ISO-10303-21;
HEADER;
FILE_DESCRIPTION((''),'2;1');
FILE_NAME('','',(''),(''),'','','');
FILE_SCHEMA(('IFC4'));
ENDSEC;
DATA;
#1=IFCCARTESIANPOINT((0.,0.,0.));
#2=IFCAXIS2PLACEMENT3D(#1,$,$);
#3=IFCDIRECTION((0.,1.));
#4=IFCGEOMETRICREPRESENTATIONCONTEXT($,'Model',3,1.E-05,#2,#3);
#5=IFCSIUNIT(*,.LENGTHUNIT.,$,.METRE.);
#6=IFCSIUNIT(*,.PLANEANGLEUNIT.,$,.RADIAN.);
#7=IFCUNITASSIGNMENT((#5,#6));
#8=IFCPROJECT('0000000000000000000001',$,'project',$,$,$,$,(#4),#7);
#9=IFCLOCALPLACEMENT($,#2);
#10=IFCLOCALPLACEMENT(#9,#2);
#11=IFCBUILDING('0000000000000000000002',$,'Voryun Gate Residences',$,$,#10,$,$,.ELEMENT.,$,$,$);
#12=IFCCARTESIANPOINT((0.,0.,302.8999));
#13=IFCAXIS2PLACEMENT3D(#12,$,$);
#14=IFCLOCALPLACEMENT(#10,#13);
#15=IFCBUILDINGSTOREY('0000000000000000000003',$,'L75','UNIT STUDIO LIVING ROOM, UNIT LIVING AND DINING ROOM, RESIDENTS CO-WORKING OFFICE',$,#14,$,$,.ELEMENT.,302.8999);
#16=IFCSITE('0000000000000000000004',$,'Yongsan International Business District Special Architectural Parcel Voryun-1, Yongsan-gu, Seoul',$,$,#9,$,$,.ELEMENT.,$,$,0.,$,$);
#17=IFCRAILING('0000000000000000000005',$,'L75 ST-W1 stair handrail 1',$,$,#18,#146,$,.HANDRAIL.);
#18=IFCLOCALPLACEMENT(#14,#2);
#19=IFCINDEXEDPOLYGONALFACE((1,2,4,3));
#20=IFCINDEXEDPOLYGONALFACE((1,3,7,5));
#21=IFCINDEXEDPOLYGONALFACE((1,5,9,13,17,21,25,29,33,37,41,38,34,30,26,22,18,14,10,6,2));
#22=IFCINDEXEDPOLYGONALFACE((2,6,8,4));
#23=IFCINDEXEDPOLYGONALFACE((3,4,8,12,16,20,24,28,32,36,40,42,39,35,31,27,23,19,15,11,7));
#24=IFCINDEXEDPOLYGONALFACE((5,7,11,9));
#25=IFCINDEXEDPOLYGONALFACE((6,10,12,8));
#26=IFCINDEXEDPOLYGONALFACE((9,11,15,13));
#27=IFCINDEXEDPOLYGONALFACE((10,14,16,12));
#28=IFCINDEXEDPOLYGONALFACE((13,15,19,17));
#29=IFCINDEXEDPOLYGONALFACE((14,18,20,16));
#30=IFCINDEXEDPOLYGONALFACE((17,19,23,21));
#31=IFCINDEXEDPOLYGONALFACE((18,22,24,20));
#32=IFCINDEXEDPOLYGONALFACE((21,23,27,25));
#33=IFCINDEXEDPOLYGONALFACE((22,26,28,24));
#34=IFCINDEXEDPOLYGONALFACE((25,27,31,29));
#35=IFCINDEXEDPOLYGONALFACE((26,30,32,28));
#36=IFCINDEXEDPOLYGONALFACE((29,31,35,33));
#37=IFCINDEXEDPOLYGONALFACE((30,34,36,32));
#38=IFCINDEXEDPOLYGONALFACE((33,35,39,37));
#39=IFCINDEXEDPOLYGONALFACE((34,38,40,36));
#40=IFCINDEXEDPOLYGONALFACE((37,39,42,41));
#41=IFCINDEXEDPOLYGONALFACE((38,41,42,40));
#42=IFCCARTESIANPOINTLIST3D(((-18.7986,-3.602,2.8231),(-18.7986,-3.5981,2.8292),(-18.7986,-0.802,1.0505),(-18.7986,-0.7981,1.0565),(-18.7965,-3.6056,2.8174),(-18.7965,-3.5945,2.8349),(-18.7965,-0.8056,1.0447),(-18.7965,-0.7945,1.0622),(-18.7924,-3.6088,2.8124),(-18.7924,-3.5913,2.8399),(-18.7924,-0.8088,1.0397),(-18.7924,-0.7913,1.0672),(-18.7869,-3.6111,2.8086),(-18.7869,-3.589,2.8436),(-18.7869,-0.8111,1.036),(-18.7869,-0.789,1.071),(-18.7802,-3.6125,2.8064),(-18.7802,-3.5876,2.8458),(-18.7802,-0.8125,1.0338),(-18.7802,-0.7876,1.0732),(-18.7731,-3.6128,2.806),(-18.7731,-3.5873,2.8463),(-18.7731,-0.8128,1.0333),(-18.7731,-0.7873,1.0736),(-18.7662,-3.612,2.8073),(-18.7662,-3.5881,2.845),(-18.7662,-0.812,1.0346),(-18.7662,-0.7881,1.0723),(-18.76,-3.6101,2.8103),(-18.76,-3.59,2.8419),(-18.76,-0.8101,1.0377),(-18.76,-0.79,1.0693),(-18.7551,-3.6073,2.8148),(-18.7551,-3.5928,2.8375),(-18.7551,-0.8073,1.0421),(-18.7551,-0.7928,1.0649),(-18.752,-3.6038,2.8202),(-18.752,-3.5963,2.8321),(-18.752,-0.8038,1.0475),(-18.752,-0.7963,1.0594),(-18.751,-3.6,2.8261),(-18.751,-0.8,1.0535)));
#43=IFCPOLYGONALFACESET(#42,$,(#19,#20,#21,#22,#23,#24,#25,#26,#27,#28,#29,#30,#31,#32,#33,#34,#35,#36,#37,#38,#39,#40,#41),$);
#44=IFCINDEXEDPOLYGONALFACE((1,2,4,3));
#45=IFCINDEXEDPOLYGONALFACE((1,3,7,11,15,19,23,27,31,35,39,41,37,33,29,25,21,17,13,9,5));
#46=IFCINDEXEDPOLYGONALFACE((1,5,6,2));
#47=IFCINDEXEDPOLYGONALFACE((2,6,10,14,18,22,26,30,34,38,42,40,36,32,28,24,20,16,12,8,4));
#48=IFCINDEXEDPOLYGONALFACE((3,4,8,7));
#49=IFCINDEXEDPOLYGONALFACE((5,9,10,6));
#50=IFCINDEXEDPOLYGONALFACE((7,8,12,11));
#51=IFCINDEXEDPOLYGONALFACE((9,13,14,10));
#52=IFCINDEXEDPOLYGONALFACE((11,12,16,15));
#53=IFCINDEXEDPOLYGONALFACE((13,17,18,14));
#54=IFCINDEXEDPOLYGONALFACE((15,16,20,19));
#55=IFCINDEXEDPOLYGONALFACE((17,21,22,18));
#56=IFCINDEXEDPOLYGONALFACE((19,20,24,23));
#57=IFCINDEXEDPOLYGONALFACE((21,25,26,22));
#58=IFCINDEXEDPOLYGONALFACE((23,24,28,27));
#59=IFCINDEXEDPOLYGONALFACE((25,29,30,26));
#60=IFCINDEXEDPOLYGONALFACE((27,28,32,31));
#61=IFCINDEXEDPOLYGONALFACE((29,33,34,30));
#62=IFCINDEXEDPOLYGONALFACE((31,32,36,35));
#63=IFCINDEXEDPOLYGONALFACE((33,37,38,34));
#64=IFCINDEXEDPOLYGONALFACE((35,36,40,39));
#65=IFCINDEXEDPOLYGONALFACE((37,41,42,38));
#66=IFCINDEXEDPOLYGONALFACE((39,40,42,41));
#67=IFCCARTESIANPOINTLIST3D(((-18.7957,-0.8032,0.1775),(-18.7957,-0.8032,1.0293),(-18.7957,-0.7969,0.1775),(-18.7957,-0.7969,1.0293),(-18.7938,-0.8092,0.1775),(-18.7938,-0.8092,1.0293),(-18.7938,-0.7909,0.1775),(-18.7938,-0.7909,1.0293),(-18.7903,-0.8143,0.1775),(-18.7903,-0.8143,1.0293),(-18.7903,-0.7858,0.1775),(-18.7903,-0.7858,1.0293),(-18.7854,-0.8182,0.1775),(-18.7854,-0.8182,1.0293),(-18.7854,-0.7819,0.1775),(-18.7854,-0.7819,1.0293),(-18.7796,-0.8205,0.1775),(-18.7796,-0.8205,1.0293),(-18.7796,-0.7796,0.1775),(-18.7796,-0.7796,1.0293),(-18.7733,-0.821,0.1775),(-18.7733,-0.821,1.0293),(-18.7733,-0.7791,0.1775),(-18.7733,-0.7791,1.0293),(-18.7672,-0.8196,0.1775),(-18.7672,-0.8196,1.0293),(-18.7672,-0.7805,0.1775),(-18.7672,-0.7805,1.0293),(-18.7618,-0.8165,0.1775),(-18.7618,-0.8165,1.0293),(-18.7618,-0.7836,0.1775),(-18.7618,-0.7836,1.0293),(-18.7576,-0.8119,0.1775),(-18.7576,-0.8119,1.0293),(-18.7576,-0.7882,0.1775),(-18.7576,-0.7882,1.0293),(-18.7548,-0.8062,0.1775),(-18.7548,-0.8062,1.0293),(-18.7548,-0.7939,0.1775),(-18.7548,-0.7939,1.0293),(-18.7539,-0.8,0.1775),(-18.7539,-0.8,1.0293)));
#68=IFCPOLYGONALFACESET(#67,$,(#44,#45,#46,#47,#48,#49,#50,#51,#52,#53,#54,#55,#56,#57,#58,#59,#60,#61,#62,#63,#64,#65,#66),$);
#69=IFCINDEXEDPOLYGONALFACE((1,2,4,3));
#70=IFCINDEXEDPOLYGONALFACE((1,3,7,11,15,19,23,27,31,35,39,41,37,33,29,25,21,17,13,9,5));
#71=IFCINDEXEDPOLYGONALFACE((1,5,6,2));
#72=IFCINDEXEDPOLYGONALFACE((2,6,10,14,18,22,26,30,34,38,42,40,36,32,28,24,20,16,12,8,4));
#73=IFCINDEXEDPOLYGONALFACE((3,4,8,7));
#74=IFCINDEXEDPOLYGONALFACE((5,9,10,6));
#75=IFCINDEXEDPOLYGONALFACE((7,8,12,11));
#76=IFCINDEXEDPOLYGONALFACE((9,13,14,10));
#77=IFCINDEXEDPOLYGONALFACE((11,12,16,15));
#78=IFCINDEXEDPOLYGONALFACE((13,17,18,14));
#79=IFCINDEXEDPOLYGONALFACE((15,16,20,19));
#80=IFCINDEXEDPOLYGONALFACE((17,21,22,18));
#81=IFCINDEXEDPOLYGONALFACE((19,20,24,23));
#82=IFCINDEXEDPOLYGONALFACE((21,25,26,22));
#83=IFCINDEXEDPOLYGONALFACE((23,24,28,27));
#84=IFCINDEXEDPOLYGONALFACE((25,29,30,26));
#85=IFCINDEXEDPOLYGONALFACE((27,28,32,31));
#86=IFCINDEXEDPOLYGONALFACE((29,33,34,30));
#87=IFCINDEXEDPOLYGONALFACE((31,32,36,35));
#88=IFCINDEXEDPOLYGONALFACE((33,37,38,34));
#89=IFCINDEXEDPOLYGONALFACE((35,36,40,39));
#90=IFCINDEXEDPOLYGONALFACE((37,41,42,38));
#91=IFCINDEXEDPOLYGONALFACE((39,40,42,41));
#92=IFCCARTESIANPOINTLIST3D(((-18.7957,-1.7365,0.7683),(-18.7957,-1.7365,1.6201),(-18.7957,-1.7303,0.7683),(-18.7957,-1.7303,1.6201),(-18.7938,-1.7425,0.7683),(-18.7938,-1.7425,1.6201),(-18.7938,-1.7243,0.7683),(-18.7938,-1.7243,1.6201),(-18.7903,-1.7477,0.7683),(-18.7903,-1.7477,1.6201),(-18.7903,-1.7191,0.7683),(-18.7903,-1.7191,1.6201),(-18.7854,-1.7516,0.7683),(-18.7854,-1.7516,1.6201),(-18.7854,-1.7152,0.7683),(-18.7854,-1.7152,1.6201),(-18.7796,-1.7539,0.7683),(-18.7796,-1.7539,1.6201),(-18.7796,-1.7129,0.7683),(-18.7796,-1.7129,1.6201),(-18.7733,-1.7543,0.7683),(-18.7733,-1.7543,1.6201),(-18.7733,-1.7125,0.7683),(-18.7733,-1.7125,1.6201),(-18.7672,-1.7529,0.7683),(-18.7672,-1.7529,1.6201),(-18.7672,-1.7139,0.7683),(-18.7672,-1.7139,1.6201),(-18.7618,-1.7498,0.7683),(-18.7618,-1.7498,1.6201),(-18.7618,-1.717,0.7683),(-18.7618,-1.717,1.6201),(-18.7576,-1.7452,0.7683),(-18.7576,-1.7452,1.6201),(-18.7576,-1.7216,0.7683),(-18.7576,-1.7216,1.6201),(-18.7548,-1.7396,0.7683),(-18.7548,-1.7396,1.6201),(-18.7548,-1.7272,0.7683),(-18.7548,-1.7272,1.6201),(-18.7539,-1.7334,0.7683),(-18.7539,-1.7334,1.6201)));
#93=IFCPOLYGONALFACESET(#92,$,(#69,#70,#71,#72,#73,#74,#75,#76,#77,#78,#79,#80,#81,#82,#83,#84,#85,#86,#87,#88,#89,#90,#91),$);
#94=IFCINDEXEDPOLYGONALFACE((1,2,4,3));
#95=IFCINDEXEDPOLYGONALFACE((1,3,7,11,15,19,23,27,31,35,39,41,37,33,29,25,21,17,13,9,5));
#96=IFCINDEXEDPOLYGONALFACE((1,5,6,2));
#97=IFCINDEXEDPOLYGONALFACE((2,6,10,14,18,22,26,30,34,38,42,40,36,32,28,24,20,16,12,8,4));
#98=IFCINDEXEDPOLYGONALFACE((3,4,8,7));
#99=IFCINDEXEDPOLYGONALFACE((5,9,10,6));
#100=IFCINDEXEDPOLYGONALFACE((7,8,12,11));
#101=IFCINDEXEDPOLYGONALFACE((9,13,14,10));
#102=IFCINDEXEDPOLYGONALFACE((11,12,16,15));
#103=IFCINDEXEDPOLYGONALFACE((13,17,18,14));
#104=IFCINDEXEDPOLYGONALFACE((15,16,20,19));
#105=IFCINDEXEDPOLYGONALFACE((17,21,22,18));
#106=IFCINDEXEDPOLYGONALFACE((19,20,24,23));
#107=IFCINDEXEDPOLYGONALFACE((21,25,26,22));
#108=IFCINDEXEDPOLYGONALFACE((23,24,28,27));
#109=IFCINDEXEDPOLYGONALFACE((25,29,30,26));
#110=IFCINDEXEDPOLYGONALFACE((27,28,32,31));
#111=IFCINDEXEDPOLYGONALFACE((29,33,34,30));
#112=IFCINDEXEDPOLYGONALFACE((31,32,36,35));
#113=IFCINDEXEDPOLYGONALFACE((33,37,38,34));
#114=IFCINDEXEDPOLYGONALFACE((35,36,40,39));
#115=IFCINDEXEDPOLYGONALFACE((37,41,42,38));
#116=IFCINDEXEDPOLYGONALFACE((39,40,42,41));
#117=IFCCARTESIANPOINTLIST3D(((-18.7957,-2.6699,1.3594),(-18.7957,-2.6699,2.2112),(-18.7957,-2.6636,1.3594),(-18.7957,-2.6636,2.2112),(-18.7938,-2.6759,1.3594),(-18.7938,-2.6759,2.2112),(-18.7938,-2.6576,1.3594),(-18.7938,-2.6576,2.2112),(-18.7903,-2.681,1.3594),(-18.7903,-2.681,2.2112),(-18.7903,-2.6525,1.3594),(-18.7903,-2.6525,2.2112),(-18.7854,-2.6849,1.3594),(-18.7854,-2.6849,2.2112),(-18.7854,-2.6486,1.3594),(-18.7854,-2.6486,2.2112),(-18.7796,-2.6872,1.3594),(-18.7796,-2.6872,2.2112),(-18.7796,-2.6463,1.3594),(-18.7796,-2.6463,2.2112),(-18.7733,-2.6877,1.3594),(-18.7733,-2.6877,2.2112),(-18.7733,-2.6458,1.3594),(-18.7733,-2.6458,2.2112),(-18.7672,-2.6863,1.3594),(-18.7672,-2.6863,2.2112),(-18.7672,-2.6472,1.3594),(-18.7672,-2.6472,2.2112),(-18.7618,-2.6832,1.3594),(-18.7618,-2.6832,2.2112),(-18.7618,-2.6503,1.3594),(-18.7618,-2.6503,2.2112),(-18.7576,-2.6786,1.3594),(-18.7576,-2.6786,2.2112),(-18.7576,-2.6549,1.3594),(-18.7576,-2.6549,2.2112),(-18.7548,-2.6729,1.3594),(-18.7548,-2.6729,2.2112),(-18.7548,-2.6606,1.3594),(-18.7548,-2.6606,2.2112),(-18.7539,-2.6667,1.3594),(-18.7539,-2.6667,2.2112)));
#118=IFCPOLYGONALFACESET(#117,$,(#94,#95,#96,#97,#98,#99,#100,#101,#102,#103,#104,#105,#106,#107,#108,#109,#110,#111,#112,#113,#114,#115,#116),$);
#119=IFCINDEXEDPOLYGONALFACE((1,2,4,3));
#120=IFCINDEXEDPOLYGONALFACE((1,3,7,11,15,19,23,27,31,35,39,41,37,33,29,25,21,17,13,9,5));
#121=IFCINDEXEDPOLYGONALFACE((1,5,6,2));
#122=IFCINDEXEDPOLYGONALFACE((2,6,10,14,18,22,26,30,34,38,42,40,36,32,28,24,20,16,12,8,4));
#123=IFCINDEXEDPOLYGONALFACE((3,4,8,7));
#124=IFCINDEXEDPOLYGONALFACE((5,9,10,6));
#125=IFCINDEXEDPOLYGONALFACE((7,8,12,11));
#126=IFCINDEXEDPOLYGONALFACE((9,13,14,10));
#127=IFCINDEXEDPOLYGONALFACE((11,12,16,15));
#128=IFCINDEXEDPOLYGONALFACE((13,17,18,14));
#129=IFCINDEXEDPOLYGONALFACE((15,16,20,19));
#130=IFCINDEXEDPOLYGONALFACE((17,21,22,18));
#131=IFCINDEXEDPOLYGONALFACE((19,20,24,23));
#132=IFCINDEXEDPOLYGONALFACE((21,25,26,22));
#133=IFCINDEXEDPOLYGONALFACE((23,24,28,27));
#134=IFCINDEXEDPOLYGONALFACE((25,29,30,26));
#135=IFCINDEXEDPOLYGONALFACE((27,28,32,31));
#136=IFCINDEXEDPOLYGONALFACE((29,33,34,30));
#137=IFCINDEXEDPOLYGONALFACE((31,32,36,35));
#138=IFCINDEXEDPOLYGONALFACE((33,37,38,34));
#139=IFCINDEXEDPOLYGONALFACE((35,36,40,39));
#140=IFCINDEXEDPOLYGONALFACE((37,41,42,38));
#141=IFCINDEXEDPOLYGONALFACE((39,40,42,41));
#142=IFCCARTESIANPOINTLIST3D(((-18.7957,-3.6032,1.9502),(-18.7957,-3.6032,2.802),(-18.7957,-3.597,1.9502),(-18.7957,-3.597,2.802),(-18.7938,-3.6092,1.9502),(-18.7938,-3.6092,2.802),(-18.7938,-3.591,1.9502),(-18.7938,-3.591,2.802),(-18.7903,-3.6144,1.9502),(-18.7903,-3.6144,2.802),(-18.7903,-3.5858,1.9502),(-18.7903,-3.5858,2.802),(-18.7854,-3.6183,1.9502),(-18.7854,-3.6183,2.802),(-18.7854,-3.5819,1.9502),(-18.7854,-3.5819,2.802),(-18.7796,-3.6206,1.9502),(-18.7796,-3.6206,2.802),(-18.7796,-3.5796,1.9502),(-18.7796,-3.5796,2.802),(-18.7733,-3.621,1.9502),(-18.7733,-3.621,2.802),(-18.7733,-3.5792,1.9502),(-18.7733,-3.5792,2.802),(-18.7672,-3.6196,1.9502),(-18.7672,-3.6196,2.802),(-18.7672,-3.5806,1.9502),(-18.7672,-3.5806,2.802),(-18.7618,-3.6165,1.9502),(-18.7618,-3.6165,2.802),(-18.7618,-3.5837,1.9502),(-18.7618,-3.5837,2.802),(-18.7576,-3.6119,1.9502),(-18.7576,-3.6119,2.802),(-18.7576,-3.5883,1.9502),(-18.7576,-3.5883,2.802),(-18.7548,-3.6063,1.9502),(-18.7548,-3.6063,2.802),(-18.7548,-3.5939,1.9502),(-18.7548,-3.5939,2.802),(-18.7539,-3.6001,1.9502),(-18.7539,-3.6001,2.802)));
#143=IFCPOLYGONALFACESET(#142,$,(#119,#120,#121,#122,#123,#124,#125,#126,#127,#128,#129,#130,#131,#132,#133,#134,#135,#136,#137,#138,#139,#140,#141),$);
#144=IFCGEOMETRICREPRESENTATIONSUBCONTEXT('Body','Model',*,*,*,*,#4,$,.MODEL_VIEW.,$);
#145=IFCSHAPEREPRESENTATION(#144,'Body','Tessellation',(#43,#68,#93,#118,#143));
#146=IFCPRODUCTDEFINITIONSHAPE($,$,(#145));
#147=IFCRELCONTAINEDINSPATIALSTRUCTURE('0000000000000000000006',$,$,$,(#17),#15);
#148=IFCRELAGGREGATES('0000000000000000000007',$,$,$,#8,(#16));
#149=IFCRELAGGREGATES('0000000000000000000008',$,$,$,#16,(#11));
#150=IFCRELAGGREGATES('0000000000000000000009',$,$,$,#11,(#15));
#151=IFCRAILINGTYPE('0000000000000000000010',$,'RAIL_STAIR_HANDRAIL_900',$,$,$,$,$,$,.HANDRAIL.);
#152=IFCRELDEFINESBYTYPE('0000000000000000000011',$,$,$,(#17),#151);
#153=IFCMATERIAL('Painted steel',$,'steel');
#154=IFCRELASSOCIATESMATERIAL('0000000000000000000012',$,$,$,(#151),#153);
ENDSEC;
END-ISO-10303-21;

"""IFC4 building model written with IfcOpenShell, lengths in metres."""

from ifc_helpers import new_model, si_unit, direction, frame, origin, origin_2d, place, context, subcontext, project, spatial, circle, extrude, material, type_object, element, save


model = new_model("IFC4")

# Units and contexts
model_context = context("Model", 3, precision=1e-05, world=origin(), true_north=direction((0.0, 1.0)))
body_context = subcontext(model_context, "Body", "Model", "MODEL_VIEW")
ifc_project = project(units=[si_unit("LENGTHUNIT", "METRE"), si_unit("PLANEANGLEUNIT", "RADIAN")], contexts=[model_context])

# Site, building, storey
site_placement = place(None, origin())
site = spatial("IfcSite", under=ifc_project, at=site_placement, Name="Yongsan International Business District Special Architectural Parcel Voryun-1, Yongsan-gu, Seoul", CompositionType="ELEMENT", RefElevation=0.0)
building_placement = place(site_placement, origin())
building = spatial("IfcBuilding", under=site, at=building_placement, Name="Voryun Gate Residences", CompositionType="ELEMENT")
storey_placement = place(building_placement, frame((0.0, 0.0, 302.8999)))
storey = spatial("IfcBuildingStorey", under=building, at=storey_placement, Name="L75", Description="UNIT STUDIO LIVING ROOM, UNIT LIVING AND DINING ROOM, RESIDENTS CO-WORKING OFFICE", CompositionType="ELEMENT", Elevation=302.8999)

# Railing
ifc_material_1 = material(Name="Painted steel", Category="steel")
railing_type_1 = type_object("IfcRailingType", Name="RAIL_STAIR_HANDRAIL_900", PredefinedType="HANDRAIL", material=ifc_material_1)
railing_1_placement = place(storey_placement, frame((-18.7749, -0.8, 0.1775)))
element("IfcRailing", 1, at=railing_1_placement, inside=storey, type_object=railing_type_1, Name="L75 ST-W1 stair handrail 1", PredefinedType="HANDRAIL", context=body_context, shape_type="SweptSolid", body=[
    extrude(circle(Radius=0.0239, at=origin_2d()), frame((0.0, 0.0, 0.876), z_axis=(0.0, -0.844909, 0.53491), x_axis=(1.0, 0.0, 0.0)), (0.0, 0.0, 1.0), 3.314),
    extrude(circle(Radius=0.021, at=origin_2d()), origin(), (0.0, 0.0, 1.0), 0.8518),
    extrude(circle(Radius=0.021, at=origin_2d()), frame((0.0, -0.9333, 0.5908)), (0.0, 0.0, 1.0), 0.8518),
    extrude(circle(Radius=0.021, at=origin_2d()), frame((0.0, -1.8667, 1.1819)), (0.0, 0.0, 1.0), 0.8518),
    extrude(circle(Radius=0.021, at=origin_2d()), frame((0.0, -2.8, 1.7727)), (0.0, 0.0, 1.0), 0.8518),
])

save(model, "model.ifc")
